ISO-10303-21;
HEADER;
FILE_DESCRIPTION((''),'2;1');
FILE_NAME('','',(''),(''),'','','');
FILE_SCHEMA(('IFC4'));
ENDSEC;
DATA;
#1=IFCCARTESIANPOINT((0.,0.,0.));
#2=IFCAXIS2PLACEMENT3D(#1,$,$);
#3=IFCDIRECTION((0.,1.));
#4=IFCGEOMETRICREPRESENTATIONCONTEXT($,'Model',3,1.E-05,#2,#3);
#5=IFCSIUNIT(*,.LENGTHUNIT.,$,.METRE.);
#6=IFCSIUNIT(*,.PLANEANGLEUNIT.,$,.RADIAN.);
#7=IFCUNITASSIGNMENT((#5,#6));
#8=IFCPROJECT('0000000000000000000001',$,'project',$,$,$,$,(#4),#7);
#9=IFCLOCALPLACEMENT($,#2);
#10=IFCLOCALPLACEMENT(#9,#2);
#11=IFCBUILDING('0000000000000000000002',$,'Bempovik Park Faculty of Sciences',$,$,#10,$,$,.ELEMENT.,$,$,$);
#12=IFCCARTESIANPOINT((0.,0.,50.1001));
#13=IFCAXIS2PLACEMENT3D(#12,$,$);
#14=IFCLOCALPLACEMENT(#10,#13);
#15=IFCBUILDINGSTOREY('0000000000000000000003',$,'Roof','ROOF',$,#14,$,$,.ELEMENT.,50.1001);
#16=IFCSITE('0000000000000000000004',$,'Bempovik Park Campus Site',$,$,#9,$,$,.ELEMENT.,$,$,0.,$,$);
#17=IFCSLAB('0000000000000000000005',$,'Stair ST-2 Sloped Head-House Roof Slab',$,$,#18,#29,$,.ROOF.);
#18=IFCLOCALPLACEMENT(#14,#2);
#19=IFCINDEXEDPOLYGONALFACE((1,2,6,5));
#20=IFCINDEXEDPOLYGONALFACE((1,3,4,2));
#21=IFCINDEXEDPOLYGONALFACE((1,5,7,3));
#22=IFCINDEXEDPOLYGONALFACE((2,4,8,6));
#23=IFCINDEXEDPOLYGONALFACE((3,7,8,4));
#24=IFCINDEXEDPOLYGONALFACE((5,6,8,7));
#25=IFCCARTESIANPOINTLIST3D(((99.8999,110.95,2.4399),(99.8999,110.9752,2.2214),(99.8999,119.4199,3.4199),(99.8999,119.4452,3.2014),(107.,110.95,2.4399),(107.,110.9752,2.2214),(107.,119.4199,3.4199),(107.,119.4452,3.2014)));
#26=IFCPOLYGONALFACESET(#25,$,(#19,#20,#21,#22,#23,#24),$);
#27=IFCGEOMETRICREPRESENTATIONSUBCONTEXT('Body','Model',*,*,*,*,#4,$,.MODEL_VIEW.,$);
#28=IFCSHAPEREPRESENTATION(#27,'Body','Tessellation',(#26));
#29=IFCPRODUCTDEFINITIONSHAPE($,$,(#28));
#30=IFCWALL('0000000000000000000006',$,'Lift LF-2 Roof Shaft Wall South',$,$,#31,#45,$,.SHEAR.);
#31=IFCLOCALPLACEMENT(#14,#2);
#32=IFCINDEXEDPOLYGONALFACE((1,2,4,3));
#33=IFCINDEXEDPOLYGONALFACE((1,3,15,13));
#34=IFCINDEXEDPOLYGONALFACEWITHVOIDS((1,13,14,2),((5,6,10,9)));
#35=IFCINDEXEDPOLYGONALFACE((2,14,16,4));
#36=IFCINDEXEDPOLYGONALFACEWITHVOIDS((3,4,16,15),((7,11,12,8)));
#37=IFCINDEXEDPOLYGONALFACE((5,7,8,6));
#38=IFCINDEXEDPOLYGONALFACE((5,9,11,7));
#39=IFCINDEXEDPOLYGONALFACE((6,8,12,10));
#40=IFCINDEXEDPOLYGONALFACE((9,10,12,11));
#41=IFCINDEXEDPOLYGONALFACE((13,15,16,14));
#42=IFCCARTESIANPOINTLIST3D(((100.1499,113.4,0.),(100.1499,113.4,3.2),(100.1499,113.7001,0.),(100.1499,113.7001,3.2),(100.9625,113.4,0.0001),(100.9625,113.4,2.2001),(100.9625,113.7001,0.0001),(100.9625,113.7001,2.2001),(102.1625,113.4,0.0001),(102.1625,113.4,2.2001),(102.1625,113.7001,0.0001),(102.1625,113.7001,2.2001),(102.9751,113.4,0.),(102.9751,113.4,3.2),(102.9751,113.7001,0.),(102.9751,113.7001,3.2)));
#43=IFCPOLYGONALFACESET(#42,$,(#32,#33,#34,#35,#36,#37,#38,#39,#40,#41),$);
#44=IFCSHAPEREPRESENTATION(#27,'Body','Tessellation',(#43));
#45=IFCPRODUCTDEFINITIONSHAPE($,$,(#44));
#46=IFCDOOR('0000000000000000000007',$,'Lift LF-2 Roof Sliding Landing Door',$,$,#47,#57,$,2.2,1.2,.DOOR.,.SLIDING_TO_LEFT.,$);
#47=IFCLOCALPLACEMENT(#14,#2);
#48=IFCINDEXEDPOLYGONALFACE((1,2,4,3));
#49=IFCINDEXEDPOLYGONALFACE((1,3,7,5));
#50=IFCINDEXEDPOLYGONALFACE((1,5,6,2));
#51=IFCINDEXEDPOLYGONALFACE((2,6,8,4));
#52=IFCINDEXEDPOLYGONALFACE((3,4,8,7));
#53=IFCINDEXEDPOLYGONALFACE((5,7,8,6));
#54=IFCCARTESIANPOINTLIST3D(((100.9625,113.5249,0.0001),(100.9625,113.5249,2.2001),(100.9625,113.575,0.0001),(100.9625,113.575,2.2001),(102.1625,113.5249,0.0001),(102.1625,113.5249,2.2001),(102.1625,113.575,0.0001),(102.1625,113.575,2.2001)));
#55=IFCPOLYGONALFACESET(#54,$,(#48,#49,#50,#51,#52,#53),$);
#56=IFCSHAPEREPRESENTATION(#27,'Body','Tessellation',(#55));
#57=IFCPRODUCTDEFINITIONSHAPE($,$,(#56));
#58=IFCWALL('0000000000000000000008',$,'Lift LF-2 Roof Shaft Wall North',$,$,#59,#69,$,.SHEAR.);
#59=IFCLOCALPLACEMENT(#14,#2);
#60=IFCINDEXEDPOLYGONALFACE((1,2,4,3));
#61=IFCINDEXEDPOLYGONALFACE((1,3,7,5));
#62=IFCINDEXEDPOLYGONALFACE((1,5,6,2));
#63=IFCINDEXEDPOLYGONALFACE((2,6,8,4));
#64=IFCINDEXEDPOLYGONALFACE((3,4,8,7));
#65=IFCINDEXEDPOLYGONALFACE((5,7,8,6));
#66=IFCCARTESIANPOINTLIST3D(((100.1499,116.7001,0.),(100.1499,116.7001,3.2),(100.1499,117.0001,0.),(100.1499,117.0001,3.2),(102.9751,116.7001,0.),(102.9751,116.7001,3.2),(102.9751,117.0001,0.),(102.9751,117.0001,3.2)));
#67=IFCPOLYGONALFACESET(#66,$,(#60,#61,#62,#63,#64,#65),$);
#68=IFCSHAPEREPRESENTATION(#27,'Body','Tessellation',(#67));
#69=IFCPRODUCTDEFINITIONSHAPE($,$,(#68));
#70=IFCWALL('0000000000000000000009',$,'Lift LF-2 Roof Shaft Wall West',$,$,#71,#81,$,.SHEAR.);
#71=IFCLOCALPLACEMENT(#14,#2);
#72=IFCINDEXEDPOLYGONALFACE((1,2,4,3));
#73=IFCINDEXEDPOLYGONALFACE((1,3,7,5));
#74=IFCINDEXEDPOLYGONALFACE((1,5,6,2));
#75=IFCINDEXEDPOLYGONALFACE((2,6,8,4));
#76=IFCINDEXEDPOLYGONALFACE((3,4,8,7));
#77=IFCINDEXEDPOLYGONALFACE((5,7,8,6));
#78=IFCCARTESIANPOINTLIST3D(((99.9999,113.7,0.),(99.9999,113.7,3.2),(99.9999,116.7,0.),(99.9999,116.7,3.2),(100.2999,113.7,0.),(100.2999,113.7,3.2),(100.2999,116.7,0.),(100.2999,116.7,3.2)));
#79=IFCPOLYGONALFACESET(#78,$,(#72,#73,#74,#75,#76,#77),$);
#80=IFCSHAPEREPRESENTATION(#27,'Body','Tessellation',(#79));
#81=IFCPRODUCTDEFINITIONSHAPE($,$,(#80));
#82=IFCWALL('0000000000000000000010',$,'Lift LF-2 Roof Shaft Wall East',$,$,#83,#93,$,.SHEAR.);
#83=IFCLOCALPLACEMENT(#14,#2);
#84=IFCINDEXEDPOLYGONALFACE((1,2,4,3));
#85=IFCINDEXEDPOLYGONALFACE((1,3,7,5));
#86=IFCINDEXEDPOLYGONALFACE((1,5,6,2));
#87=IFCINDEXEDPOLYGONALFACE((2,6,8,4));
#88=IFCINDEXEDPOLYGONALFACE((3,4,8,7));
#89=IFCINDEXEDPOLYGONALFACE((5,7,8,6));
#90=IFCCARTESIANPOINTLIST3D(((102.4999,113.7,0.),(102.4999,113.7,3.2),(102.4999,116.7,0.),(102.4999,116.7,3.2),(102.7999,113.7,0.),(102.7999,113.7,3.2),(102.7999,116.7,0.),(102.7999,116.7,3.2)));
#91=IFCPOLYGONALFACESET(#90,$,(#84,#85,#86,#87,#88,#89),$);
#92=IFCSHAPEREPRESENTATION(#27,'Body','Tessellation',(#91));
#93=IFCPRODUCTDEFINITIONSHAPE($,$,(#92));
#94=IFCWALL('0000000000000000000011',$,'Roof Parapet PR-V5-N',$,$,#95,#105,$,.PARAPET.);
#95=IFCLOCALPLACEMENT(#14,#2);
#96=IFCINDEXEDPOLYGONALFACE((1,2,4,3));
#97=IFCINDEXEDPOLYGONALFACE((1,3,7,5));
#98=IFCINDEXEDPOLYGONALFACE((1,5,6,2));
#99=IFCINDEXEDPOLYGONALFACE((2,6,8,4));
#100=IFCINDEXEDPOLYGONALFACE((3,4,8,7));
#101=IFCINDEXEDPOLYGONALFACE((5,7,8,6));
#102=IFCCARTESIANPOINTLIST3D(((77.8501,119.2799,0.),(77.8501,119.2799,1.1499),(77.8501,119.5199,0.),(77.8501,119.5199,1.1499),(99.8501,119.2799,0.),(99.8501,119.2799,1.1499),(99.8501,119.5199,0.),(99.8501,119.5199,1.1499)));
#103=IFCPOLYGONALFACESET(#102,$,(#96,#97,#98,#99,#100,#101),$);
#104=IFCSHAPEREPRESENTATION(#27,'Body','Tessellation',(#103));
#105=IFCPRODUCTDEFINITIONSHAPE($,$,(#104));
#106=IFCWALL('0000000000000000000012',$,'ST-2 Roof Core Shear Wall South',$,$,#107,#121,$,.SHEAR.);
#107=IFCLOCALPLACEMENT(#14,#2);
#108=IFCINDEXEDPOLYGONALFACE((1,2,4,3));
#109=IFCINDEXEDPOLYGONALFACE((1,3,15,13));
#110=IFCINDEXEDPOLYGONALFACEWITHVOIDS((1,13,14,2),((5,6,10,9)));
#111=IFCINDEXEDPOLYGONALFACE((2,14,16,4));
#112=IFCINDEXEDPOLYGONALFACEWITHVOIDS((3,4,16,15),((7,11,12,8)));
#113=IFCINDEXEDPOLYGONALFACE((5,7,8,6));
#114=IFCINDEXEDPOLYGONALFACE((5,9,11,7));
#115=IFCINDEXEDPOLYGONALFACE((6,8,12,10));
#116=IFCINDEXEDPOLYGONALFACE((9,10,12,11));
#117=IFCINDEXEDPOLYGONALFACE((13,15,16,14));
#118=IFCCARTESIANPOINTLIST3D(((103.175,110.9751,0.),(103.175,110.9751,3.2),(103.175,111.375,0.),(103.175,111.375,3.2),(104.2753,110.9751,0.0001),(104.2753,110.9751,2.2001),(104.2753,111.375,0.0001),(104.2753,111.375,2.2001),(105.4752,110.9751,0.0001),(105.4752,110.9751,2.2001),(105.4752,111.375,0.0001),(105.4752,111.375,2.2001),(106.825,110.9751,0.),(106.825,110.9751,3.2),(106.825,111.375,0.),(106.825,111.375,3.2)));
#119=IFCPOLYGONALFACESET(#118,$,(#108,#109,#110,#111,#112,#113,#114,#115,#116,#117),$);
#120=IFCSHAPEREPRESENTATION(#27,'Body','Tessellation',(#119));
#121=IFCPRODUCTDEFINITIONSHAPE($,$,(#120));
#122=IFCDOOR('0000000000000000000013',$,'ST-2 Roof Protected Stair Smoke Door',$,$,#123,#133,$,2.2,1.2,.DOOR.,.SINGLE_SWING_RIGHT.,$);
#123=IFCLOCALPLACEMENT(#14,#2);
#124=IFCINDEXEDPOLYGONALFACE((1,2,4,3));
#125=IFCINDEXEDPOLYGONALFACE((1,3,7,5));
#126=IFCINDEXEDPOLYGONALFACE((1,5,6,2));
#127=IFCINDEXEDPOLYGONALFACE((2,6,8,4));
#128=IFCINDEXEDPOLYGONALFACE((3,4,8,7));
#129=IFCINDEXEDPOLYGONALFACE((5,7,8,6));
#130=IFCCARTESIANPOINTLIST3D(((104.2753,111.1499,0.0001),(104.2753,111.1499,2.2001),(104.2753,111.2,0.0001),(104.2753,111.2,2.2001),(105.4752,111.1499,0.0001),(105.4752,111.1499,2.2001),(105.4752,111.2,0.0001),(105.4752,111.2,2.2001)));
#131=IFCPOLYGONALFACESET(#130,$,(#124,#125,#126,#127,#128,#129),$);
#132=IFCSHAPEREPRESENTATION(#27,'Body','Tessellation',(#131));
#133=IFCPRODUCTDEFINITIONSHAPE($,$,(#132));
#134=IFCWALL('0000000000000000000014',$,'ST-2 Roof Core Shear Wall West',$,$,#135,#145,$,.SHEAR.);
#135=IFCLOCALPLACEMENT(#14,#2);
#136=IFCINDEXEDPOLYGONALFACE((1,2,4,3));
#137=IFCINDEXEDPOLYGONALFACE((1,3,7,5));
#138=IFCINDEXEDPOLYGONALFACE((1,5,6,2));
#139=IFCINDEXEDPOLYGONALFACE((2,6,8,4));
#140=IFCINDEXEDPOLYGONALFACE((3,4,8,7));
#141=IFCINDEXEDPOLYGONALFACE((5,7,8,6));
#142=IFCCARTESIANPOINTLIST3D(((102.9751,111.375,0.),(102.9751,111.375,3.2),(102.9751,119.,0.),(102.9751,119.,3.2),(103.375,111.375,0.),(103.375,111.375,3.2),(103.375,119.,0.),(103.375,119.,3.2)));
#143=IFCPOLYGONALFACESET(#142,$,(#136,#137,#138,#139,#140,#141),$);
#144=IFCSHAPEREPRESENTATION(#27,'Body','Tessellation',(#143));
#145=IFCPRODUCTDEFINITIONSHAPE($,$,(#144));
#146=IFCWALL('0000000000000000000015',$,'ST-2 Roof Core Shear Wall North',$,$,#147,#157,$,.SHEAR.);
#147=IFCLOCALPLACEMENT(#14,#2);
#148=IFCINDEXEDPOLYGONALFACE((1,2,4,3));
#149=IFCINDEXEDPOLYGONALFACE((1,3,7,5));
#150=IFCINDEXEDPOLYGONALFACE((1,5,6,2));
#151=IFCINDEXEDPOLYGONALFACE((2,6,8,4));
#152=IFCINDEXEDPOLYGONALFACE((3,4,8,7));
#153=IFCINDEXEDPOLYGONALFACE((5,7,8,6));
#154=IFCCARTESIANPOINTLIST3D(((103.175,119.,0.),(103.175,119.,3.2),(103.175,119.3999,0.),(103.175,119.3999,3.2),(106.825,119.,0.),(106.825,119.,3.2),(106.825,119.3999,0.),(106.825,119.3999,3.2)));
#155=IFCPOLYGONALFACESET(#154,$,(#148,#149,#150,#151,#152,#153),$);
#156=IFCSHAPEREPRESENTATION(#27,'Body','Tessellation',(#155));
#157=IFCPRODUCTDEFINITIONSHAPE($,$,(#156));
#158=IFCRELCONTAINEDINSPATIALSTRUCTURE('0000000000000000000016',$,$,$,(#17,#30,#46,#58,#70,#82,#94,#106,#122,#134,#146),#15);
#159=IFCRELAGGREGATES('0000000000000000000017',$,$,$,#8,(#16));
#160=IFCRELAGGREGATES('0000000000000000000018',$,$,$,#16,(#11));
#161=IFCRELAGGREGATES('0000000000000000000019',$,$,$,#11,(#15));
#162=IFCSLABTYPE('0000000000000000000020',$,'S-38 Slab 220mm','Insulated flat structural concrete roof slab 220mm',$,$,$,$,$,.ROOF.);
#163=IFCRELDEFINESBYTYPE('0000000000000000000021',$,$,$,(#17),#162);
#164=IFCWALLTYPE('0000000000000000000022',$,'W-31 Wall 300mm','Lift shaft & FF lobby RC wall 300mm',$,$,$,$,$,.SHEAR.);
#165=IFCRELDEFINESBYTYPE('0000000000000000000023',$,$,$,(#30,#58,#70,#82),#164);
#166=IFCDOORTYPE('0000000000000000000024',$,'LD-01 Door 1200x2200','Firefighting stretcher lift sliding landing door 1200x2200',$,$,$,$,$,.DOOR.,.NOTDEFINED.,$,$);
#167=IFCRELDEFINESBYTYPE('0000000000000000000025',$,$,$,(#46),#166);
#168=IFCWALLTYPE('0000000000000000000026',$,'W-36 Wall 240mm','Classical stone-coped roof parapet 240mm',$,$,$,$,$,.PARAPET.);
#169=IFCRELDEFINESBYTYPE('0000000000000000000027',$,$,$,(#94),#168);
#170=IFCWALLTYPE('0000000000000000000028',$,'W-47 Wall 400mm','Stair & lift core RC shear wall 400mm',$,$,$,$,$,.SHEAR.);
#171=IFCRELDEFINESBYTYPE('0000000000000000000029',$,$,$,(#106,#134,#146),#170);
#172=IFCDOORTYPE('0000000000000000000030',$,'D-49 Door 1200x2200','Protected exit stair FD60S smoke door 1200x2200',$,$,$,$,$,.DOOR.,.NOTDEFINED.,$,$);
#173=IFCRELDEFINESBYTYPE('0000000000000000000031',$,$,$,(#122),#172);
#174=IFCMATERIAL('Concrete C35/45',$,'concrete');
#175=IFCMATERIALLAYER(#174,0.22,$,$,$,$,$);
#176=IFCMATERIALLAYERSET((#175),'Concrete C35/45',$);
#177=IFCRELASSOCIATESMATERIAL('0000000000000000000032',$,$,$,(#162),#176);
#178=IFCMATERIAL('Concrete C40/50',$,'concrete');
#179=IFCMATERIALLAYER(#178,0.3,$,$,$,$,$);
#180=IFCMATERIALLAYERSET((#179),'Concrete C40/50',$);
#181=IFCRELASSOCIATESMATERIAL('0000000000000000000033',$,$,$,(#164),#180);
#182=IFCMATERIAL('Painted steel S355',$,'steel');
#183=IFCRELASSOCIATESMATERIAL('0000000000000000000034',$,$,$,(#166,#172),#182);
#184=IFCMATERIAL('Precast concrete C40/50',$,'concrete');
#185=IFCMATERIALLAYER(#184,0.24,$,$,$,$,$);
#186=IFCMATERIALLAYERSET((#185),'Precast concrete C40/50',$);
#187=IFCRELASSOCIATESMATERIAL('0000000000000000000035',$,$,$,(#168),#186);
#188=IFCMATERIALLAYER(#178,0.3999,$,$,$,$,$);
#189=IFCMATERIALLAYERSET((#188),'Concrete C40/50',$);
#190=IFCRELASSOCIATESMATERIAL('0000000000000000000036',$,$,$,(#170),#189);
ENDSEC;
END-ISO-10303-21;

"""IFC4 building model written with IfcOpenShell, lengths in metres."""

from ifc_helpers import new_model, si_unit, direction, frame, frame_2d, origin, place, context, subcontext, project, spatial, polyline, rectangle, outline, extrude, material, layer, layer_set, type_object, element, fill, save


model = new_model("IFC4")

# Units and contexts
model_context = context("Model", 3, precision=1e-05, world=origin(), true_north=direction((0.0, 1.0)))
body_context = subcontext(model_context, "Body", "Model", "MODEL_VIEW")
ifc_project = project(units=[si_unit("LENGTHUNIT", "METRE"), si_unit("PLANEANGLEUNIT", "RADIAN")], contexts=[model_context])

# Site, building, storey
site_placement = place(None, origin())
site = spatial("IfcSite", under=ifc_project, at=site_placement, Name="Bempovik Park Campus Site", CompositionType="ELEMENT", RefElevation=0.0)
building_placement = place(site_placement, origin())
building = spatial("IfcBuilding", under=site, at=building_placement, Name="Bempovik Park Faculty of Sciences", CompositionType="ELEMENT")
storey_placement = place(building_placement, frame((0.0, 0.0, 50.1001)))
storey = spatial("IfcBuildingStorey", under=building, at=storey_placement, Name="Roof", Description="ROOF", CompositionType="ELEMENT", Elevation=50.1001)

# Slab
ifc_material_1 = material(Name="Concrete C35/45", Category="concrete")
ifc_layer_1 = layer(ifc_material_1, 0.22)
ifc_layer_set_1 = layer_set([ifc_layer_1], Name="Concrete C35/45")
slab_type = type_object("IfcSlabType", Name="S-38 Slab 220mm", Description="Insulated flat structural concrete roof slab 220mm", PredefinedType="ROOF", material=ifc_layer_set_1)
slab_placement = place(storey_placement, frame((99.8999, 110.95, 2.4399), z_axis=(0.0, -0.114934, 0.993373), x_axis=(1.0, 0.0, 0.0)))
element("IfcSlab", 1, at=slab_placement, inside=storey, type_object=slab_type, Name="Stair ST-2 Sloped Head-House Roof Slab", PredefinedType="ROOF", context=body_context, shape_type="SweptSolid", body=[
    extrude(outline(polyline([(0.0, 0.0), (7.1001, 0.0), (7.1001, 8.5265), (0.0, 8.5265), (0.0, 0.0)])), origin(), (0.0, 0.0, -1.0), 0.22),
])

# Wall, opening, door
ifc_material_2 = material(Name="Concrete C40/50", Category="concrete")
ifc_layer_2 = layer(ifc_material_2, 0.3)
ifc_layer_set_2 = layer_set([ifc_layer_2], Name="Concrete C40/50")
wall_type_1 = type_object("IfcWallType", Name="W-31 Wall 300mm", Description="Lift shaft & FF lobby RC wall 300mm", PredefinedType="SHEAR", material=ifc_layer_set_2)
wall_1_placement = place(storey_placement, frame((100.1499, 113.55, 0.0), z_axis=(0.0, 0.0, 1.0), x_axis=(1.0, 0.0, 0.0)))
wall_1 = element("IfcWall", 2, at=wall_1_placement, inside=storey, type_object=wall_type_1, Name="Lift LF-2 Roof Shaft Wall South", PredefinedType="SHEAR", context=body_context, shape_type="SweptSolid", body=[
    extrude(rectangle(XDim=2.8252, YDim=0.3, at=frame_2d((1.4126, 0.0))), origin(), (0.0, 0.0, 1.0), 3.2),
])
opening_1_placement = place(wall_1_placement, frame((0.8125, 0.0, 0.0)))
opening_1 = element("IfcOpeningElement", 3, at=opening_1_placement, cuts=wall_1, PredefinedType="OPENING", context=body_context, shape_type="SweptSolid", body=[
    extrude(rectangle(XDim=1.2, YDim=2.2, at=frame_2d((0.6001, 1.1001))), frame((0.0, 0.1602, 0.0), z_axis=(0.0, -1.0, 0.0), x_axis=(1.0, 0.0, 0.0)), (0.0, 0.0, 1.0), 0.3201),
])
ifc_material_3 = material(Name="Painted steel S355", Category="steel")
door_type_1 = type_object("IfcDoorType", Name="LD-01 Door 1200x2200", Description="Firefighting stretcher lift sliding landing door 1200x2200", OperationType="NOTDEFINED", PredefinedType="DOOR", material=ifc_material_3)
door_1_placement = place(opening_1_placement, origin())
door_1 = element("IfcDoor", 4, at=door_1_placement, inside=storey, type_object=door_type_1, Name="Lift LF-2 Roof Sliding Landing Door", OperationType="SLIDING_TO_LEFT", OverallHeight=2.2, OverallWidth=1.2, PredefinedType="DOOR", context=body_context, shape_type="SweptSolid", body=[
    extrude(rectangle(XDim=1.2, YDim=2.2, at=frame_2d((0.6001, 1.1001))), frame((0.0, 0.0249, 0.0), z_axis=(0.0, -1.0, 0.0), x_axis=(1.0, 0.0, 0.0)), (0.0, 0.0, 1.0), 0.05),
])
fill(opening_1, door_1)

# Walls
wall_2_placement = place(storey_placement, frame((100.1499, 116.8501, 0.0), z_axis=(0.0, 0.0, 1.0), x_axis=(1.0, 0.0, 0.0)))
element("IfcWall", 5, at=wall_2_placement, inside=storey, type_object=wall_type_1, Name="Lift LF-2 Roof Shaft Wall North", PredefinedType="SHEAR", context=body_context, shape_type="SweptSolid", body=[
    extrude(rectangle(XDim=2.8252, YDim=0.3, at=frame_2d((1.4126, 0.0))), origin(), (0.0, 0.0, 1.0), 3.2),
])
for number, where, z_axis, x_axis, name in (
    (6, (100.1499, 113.7, 0.0), (0.0, 0.0, 1.0), (0.0, 1.0, 0.0), "Lift LF-2 Roof Shaft Wall West"),
    (7, (102.6499, 113.7, 0.0), (0.0, 0.0, 1.0), (0.0, 1.0, 0.0), "Lift LF-2 Roof Shaft Wall East"),
):
    element("IfcWall", number, at=place(storey_placement, frame(where, z_axis=z_axis, x_axis=x_axis)), inside=storey, type_object=wall_type_1, Name=name, PredefinedType="SHEAR", context=body_context, shape_type="SweptSolid", body=[
        extrude(rectangle(XDim=3.0, YDim=0.3, at=frame_2d((1.5, 0.0))), origin(), (0.0, 0.0, 1.0), 3.2),
    ])
ifc_material_4 = material(Name="Precast concrete C40/50", Category="concrete")
ifc_layer_3 = layer(ifc_material_4, 0.24)
ifc_layer_set_3 = layer_set([ifc_layer_3], Name="Precast concrete C40/50")
wall_type_2 = type_object("IfcWallType", Name="W-36 Wall 240mm", Description="Classical stone-coped roof parapet 240mm", PredefinedType="PARAPET", material=ifc_layer_set_3)
wall_3_placement = place(storey_placement, frame((99.8501, 119.3999, 0.0), z_axis=(0.0, 0.0, 1.0), x_axis=(-1.0, 0.0, 0.0)))
element("IfcWall", 8, at=wall_3_placement, inside=storey, type_object=wall_type_2, Name="Roof Parapet PR-V5-N", PredefinedType="PARAPET", context=body_context, shape_type="SweptSolid", body=[
    extrude(rectangle(XDim=22.0, YDim=0.24, at=frame_2d((11.0, 0.0))), origin(), (0.0, 0.0, 1.0), 1.1499),
])

# Wall, opening, door
ifc_layer_4 = layer(ifc_material_2, 0.3999)
ifc_layer_set_4 = layer_set([ifc_layer_4], Name="Concrete C40/50")
wall_type_3 = type_object("IfcWallType", Name="W-47 Wall 400mm", Description="Stair & lift core RC shear wall 400mm", PredefinedType="SHEAR", material=ifc_layer_set_4)
wall_4_placement = place(storey_placement, frame((103.175, 111.175, 0.0), z_axis=(0.0, 0.0, 1.0), x_axis=(1.0, 0.0, 0.0)))
wall_4 = element("IfcWall", 9, at=wall_4_placement, inside=storey, type_object=wall_type_3, Name="ST-2 Roof Core Shear Wall South", PredefinedType="SHEAR", context=body_context, shape_type="SweptSolid", body=[
    extrude(rectangle(XDim=3.6499, YDim=0.3999, at=frame_2d((1.825, 0.0))), origin(), (0.0, 0.0, 1.0), 3.2),
])
opening_2_placement = place(wall_4_placement, frame((1.1001, 0.0, 0.0)))
opening_2 = element("IfcOpeningElement", 10, at=opening_2_placement, cuts=wall_4, PredefinedType="OPENING", context=body_context, shape_type="SweptSolid", body=[
    extrude(rectangle(XDim=1.2, YDim=2.2, at=frame_2d((0.6001, 1.1001))), frame((0.0, 0.21, 0.0), z_axis=(0.0, -1.0, 0.0), x_axis=(1.0, 0.0, 0.0)), (0.0, 0.0, 1.0), 0.4199),
])
door_type_2 = type_object("IfcDoorType", Name="D-49 Door 1200x2200", Description="Protected exit stair FD60S smoke door 1200x2200", OperationType="NOTDEFINED", PredefinedType="DOOR", material=ifc_material_3)
door_2_placement = place(opening_2_placement, origin())
door_2 = element("IfcDoor", 11, at=door_2_placement, inside=storey, type_object=door_type_2, Name="ST-2 Roof Protected Stair Smoke Door", OperationType="SINGLE_SWING_RIGHT", OverallHeight=2.2, OverallWidth=1.2, PredefinedType="DOOR", context=body_context, shape_type="SweptSolid", body=[
    extrude(rectangle(XDim=1.2, YDim=2.2, at=frame_2d((0.6001, 1.1001))), frame((0.0, 0.0249, 0.0), z_axis=(0.0, -1.0, 0.0), x_axis=(1.0, 0.0, 0.0)), (0.0, 0.0, 1.0), 0.05),
])
fill(opening_2, door_2)

# Walls
wall_5_placement = place(storey_placement, frame((103.175, 111.375, 0.0), z_axis=(0.0, 0.0, 1.0), x_axis=(0.0, 1.0, 0.0)))
element("IfcWall", 12, at=wall_5_placement, inside=storey, type_object=wall_type_3, Name="ST-2 Roof Core Shear Wall West", PredefinedType="SHEAR", context=body_context, shape_type="SweptSolid", body=[
    extrude(rectangle(XDim=7.625, YDim=0.3999, at=frame_2d((3.8125, 0.0))), origin(), (0.0, 0.0, 1.0), 3.2),
])
wall_6_placement = place(storey_placement, frame((103.175, 119.2, 0.0), z_axis=(0.0, 0.0, 1.0), x_axis=(1.0, 0.0, 0.0)))
element("IfcWall", 13, at=wall_6_placement, inside=storey, type_object=wall_type_3, Name="ST-2 Roof Core Shear Wall North", PredefinedType="SHEAR", context=body_context, shape_type="SweptSolid", body=[
    extrude(rectangle(XDim=3.6499, YDim=0.3999, at=frame_2d((1.825, 0.0))), origin(), (0.0, 0.0, 1.0), 3.2),
])

save(model, "model.ifc")
